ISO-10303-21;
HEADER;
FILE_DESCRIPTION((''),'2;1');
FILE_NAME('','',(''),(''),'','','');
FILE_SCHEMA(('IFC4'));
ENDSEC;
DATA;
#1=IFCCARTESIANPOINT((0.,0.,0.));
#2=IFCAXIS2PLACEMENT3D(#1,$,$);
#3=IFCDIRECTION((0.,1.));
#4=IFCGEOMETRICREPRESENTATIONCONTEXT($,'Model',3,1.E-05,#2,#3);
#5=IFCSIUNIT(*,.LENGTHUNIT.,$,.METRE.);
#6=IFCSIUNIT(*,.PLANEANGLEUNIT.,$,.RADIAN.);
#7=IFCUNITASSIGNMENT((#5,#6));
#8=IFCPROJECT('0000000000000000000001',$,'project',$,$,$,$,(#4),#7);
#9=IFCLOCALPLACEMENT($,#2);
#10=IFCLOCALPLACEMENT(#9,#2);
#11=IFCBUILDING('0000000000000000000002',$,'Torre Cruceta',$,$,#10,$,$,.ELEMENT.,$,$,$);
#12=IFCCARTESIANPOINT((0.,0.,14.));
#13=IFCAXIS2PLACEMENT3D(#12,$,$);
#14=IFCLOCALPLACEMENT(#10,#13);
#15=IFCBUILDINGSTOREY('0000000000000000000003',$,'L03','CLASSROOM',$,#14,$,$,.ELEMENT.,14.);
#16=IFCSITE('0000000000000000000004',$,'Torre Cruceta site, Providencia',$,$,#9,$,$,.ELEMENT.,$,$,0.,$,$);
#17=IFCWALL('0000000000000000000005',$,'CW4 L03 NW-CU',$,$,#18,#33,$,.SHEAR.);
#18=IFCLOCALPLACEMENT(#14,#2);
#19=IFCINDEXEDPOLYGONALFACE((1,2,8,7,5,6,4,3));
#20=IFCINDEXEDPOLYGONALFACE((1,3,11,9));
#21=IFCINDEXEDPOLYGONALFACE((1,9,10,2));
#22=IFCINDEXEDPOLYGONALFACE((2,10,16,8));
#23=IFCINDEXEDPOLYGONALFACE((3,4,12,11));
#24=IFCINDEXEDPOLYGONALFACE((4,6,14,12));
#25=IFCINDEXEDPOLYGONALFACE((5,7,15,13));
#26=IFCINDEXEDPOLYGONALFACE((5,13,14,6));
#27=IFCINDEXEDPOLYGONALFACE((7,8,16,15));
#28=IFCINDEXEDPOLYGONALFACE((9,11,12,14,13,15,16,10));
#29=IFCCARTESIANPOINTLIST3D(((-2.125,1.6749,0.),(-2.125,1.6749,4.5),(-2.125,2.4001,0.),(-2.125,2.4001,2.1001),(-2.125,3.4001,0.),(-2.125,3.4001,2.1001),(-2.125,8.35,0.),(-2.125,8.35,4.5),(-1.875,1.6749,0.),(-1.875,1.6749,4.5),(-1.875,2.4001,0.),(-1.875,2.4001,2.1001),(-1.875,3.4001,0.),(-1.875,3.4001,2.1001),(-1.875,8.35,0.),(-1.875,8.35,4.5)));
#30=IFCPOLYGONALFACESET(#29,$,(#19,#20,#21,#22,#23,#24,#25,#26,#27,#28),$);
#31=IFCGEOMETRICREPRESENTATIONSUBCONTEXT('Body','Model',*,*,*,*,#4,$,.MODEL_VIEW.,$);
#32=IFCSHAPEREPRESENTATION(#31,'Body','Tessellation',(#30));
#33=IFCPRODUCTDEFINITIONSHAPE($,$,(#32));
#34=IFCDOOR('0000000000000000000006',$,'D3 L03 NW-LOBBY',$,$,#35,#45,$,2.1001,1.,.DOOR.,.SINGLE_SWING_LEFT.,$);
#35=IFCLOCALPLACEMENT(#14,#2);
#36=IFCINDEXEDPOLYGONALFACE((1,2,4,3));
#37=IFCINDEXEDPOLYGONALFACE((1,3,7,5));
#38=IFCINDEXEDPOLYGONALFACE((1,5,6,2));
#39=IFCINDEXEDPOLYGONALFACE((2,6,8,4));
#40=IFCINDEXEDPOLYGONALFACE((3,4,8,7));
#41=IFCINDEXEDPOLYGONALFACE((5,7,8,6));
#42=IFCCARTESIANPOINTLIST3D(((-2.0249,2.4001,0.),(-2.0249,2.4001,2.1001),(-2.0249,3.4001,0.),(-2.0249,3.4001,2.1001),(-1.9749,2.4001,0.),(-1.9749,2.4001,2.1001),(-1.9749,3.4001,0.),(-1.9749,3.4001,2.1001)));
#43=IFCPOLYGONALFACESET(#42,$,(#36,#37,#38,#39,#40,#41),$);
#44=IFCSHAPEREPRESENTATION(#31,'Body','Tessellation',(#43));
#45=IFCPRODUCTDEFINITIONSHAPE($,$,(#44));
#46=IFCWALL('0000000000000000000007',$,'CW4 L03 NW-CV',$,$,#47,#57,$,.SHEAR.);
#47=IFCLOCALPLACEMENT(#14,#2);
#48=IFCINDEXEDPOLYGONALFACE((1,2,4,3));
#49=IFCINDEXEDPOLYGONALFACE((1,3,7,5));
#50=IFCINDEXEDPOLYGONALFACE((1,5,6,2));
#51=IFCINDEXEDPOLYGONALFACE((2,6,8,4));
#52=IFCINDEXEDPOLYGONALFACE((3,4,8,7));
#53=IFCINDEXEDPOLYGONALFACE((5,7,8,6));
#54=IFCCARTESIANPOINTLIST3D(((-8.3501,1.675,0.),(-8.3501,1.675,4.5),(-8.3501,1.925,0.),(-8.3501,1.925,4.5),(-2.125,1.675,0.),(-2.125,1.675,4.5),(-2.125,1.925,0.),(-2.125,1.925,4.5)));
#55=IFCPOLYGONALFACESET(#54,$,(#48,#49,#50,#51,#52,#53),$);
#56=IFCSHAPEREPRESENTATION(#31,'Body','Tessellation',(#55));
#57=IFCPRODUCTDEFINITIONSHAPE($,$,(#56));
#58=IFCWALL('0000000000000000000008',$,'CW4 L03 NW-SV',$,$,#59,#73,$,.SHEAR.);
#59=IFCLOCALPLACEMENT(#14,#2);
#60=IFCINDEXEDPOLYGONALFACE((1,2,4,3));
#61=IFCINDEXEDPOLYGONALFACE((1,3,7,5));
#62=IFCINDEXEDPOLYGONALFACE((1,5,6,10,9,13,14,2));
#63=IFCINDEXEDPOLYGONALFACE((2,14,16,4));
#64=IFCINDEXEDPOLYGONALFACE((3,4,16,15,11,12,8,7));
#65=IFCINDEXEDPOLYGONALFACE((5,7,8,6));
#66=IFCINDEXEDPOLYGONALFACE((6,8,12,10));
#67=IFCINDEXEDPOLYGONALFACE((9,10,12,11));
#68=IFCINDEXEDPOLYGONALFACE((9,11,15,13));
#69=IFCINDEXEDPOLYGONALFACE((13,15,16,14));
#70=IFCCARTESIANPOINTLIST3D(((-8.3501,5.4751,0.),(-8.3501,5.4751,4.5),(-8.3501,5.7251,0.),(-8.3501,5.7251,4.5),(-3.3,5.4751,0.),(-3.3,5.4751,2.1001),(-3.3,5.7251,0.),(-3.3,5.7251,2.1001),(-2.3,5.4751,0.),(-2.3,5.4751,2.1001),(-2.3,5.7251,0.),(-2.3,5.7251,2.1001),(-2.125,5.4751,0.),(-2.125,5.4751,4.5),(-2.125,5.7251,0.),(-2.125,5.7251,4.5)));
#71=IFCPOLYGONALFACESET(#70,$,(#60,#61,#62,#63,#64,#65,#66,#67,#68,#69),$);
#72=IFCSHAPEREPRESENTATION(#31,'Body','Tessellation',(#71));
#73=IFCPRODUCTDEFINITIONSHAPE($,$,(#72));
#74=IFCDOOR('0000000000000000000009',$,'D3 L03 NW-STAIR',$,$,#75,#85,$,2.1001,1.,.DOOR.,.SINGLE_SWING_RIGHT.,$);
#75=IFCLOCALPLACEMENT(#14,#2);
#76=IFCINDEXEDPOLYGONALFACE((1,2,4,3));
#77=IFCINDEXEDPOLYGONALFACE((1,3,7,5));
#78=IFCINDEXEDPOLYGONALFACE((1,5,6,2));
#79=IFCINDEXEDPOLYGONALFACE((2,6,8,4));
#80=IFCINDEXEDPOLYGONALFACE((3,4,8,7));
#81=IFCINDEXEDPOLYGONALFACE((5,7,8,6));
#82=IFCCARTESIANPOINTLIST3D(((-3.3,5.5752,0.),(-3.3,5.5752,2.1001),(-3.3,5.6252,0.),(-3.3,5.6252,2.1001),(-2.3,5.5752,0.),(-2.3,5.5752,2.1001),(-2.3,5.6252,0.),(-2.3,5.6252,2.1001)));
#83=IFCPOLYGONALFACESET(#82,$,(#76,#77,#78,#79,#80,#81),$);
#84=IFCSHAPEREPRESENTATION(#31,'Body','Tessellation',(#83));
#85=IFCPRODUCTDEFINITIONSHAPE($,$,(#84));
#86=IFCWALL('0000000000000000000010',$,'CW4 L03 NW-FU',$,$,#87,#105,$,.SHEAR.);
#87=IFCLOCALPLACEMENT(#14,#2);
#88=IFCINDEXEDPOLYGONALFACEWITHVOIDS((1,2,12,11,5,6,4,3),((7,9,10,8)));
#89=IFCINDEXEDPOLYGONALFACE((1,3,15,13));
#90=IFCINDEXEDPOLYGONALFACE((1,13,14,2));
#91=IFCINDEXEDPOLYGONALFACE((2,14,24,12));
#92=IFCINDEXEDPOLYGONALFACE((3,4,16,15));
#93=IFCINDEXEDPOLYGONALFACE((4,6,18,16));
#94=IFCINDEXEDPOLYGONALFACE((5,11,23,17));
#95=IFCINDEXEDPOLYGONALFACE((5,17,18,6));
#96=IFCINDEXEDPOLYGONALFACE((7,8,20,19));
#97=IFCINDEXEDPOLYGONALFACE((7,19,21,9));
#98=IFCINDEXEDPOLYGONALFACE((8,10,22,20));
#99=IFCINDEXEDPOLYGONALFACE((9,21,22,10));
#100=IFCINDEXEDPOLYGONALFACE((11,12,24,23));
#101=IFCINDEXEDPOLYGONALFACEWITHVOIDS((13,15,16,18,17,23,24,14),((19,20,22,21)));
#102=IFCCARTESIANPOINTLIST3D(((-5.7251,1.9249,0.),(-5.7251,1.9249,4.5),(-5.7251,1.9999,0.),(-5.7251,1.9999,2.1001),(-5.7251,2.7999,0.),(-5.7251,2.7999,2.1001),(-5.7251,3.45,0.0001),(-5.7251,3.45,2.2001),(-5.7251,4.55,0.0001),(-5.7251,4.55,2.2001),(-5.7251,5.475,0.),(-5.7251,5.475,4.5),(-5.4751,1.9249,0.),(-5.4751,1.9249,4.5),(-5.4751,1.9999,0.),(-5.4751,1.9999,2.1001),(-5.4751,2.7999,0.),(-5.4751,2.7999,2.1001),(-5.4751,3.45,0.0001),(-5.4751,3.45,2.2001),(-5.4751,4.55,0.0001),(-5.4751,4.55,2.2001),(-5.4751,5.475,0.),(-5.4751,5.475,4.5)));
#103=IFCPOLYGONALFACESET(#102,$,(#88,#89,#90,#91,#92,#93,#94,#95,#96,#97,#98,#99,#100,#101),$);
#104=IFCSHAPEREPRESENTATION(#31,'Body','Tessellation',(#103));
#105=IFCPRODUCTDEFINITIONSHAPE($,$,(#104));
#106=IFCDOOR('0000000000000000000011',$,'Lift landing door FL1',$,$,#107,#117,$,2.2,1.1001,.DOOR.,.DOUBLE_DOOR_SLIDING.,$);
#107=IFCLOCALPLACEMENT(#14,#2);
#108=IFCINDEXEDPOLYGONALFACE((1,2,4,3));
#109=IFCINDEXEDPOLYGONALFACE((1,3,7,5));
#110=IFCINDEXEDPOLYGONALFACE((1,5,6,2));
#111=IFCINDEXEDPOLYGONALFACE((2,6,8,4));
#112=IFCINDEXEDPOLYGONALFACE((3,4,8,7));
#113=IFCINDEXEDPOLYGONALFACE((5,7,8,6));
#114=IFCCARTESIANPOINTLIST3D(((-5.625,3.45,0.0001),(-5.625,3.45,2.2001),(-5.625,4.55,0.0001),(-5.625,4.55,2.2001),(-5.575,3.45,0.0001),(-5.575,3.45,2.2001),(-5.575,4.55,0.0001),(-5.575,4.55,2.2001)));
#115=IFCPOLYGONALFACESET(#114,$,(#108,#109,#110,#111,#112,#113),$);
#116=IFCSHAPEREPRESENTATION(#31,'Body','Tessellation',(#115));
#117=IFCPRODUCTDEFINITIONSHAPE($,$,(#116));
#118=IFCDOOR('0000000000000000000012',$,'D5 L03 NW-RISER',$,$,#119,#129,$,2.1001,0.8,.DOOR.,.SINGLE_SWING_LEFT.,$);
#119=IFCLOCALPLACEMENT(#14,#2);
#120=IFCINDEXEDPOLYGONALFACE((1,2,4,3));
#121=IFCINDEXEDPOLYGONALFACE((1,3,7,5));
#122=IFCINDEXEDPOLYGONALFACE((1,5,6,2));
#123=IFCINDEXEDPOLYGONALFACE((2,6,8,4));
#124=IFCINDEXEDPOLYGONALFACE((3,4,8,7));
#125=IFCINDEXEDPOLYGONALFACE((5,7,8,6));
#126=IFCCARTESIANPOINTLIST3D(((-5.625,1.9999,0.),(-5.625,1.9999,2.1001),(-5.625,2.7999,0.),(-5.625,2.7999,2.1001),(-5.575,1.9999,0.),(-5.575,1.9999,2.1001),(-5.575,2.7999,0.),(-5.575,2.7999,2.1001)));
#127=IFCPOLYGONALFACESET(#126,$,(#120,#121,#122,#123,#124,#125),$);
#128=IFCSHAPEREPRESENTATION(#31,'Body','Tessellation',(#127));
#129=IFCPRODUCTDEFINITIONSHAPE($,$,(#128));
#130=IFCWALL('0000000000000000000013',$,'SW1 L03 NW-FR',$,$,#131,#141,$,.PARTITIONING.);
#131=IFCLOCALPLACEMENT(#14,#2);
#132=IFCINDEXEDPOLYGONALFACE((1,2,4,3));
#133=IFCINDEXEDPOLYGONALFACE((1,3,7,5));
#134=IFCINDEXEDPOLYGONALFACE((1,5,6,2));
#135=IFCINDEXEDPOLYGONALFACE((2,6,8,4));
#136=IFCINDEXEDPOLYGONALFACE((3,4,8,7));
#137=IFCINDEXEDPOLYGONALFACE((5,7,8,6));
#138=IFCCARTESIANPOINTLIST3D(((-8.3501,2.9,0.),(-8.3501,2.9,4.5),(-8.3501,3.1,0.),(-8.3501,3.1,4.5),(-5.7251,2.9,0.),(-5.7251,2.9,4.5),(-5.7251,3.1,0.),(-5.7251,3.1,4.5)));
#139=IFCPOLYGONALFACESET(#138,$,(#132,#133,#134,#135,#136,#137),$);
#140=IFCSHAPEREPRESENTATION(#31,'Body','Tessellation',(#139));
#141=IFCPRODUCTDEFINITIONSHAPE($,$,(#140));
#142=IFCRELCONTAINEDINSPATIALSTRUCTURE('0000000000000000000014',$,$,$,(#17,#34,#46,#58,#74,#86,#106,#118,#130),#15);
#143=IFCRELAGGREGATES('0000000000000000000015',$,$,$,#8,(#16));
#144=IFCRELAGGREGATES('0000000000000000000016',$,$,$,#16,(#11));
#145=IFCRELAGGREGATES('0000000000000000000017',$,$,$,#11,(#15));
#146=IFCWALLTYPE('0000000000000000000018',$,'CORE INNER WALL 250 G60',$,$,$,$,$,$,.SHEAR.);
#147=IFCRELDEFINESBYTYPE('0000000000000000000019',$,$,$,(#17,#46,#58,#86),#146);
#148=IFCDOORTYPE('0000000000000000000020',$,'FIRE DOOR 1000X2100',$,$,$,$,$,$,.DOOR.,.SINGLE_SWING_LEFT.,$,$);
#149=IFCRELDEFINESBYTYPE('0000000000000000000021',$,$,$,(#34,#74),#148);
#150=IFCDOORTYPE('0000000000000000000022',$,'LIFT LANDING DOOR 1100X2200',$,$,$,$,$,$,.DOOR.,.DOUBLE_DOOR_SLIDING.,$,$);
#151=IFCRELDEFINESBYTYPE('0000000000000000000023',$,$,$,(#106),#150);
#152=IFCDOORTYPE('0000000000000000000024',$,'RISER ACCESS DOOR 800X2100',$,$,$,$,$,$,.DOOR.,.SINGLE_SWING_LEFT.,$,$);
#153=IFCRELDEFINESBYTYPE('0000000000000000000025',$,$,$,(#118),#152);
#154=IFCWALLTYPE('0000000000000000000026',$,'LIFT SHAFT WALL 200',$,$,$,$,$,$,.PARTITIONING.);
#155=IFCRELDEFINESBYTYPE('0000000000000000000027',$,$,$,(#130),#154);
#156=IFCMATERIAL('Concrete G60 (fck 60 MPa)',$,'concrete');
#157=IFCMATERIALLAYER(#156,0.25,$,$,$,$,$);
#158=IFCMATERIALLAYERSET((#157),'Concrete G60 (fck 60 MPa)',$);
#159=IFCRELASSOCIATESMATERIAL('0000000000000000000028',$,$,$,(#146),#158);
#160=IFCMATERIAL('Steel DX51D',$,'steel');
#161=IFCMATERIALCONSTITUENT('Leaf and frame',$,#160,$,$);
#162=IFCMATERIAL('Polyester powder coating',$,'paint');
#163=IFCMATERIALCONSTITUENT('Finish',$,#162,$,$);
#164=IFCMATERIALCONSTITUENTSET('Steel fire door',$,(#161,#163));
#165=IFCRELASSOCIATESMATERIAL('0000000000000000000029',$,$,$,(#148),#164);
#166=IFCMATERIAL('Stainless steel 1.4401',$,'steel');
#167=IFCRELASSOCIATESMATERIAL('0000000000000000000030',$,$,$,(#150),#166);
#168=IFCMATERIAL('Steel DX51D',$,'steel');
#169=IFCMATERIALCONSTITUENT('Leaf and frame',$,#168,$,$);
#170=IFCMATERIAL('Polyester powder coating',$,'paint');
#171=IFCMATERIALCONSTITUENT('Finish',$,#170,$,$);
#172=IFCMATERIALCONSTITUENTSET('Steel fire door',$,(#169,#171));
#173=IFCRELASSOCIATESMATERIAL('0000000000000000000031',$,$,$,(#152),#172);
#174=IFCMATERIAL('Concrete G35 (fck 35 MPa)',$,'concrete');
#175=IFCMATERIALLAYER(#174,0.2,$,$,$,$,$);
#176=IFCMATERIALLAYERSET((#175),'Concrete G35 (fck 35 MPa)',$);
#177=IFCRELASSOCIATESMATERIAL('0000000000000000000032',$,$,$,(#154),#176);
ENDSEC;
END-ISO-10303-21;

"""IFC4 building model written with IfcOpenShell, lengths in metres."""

from ifc_helpers import new_model, si_unit, direction, frame, frame_2d, origin, place, context, subcontext, project, spatial, rectangle, extrude, material, layer, layer_set, constituent, constituent_set, type_object, element, fill, save


model = new_model("IFC4")

# Units and contexts
model_context = context("Model", 3, precision=1e-05, world=origin(), true_north=direction((0.0, 1.0)))
body_context = subcontext(model_context, "Body", "Model", "MODEL_VIEW")
ifc_project = project(units=[si_unit("LENGTHUNIT", "METRE"), si_unit("PLANEANGLEUNIT", "RADIAN")], contexts=[model_context])

# Site, building, storey
site_placement = place(None, origin())
site = spatial("IfcSite", under=ifc_project, at=site_placement, Name="Torre Cruceta site, Providencia", CompositionType="ELEMENT", RefElevation=0.0)
building_placement = place(site_placement, origin())
building = spatial("IfcBuilding", under=site, at=building_placement, Name="Torre Cruceta", CompositionType="ELEMENT")
storey_placement = place(building_placement, frame((0.0, 0.0, 14.0)))
storey = spatial("IfcBuildingStorey", under=building, at=storey_placement, Name="L03", Description="CLASSROOM", CompositionType="ELEMENT", Elevation=14.0)

# Wall, opening, door
ifc_material_1 = material(Name="Concrete G60 (fck 60 MPa)", Category="concrete")
ifc_layer_1 = layer(ifc_material_1, 0.25)
ifc_layer_set_1 = layer_set([ifc_layer_1], Name="Concrete G60 (fck 60 MPa)")
wall_type_1 = type_object("IfcWallType", Name="CORE INNER WALL 250 G60", PredefinedType="SHEAR", material=ifc_layer_set_1)
wall_1_placement = place(storey_placement, frame((-2.0, 1.675, 0.0), z_axis=(0.0, 0.0, 1.0), x_axis=(0.0, 1.0, 0.0)))
wall_1 = element("IfcWall", 1, at=wall_1_placement, inside=storey, type_object=wall_type_1, Name="CW4 L03 NW-CU", PredefinedType="SHEAR", context=body_context, shape_type="SweptSolid", body=[
    extrude(rectangle(XDim=6.675, YDim=0.25, at=frame_2d((3.3374, 0.0))), origin(), (0.0, 0.0, 1.0), 4.5),
])
opening_1_placement = place(wall_1_placement, frame((0.7251, 0.0, 0.0)))
opening_1 = element("IfcOpeningElement", 2, at=opening_1_placement, cuts=wall_1, PredefinedType="OPENING", context=body_context, shape_type="SweptSolid", body=[
    extrude(rectangle(XDim=1.0, YDim=2.1001, at=frame_2d((0.5, 1.05))), frame((0.0, 0.135, 0.0), z_axis=(0.0, -1.0, 0.0), x_axis=(1.0, 0.0, 0.0)), (0.0, 0.0, 1.0), 0.27),
])
ifc_material_2 = material(Name="Steel DX51D", Category="steel")
ifc_constituent_1 = constituent(ifc_material_2, Name="Leaf and frame")
ifc_material_3 = material(Name="Polyester powder coating", Category="paint")
ifc_constituent_2 = constituent(ifc_material_3, Name="Finish")
ifc_constituent_set_1 = constituent_set(constituents=[ifc_constituent_1, ifc_constituent_2], Name="Steel fire door")
door_type_1 = type_object("IfcDoorType", Name="FIRE DOOR 1000X2100", OperationType="SINGLE_SWING_LEFT", PredefinedType="DOOR", material=ifc_constituent_set_1)
door_1_placement = place(opening_1_placement, origin())
door_1 = element("IfcDoor", 3, at=door_1_placement, inside=storey, type_object=door_type_1, Name="D3 L03 NW-LOBBY", OperationType="SINGLE_SWING_LEFT", OverallHeight=2.1001, OverallWidth=1.0, PredefinedType="DOOR", context=body_context, shape_type="SweptSolid", body=[
    extrude(rectangle(XDim=1.0, YDim=2.1001, at=frame_2d((0.5, 1.05))), frame((0.0, 0.0249, 0.0), z_axis=(0.0, -1.0, 0.0), x_axis=(1.0, 0.0, 0.0)), (0.0, 0.0, 1.0), 0.05),
])
fill(opening_1, door_1)

# Wall
wall_2_placement = place(storey_placement, frame((-2.125, 1.8, 0.0), z_axis=(0.0, 0.0, 1.0), x_axis=(-1.0, 0.0, 0.0)))
element("IfcWall", 4, at=wall_2_placement, inside=storey, type_object=wall_type_1, Name="CW4 L03 NW-CV", PredefinedType="SHEAR", context=body_context, shape_type="SweptSolid", body=[
    extrude(rectangle(XDim=6.2251, YDim=0.25, at=frame_2d((3.1125, 0.0))), origin(), (0.0, 0.0, 1.0), 4.5),
])

# Wall, opening, door
wall_3_placement = place(storey_placement, frame((-2.125, 5.6001, 0.0), z_axis=(0.0, 0.0, 1.0), x_axis=(-1.0, 0.0, 0.0)))
wall_3 = element("IfcWall", 5, at=wall_3_placement, inside=storey, type_object=wall_type_1, Name="CW4 L03 NW-SV", PredefinedType="SHEAR", context=body_context, shape_type="SweptSolid", body=[
    extrude(rectangle(XDim=6.2251, YDim=0.25, at=frame_2d((3.1125, 0.0))), origin(), (0.0, 0.0, 1.0), 4.5),
])
opening_2_placement = place(wall_3_placement, frame((0.175, 0.0, 0.0)))
opening_2 = element("IfcOpeningElement", 6, at=opening_2_placement, cuts=wall_3, PredefinedType="OPENING", context=body_context, shape_type="SweptSolid", body=[
    extrude(rectangle(XDim=1.0, YDim=2.1001, at=frame_2d((0.5, 1.05))), frame((0.0, 0.135, 0.0), z_axis=(0.0, -1.0, 0.0), x_axis=(1.0, 0.0, 0.0)), (0.0, 0.0, 1.0), 0.27),
])
door_2_placement = place(opening_2_placement, frame((1.0, 0.0, 0.0), z_axis=(0.0, 0.0, 1.0), x_axis=(-1.0, 0.0, 0.0)))
door_2 = element("IfcDoor", 7, at=door_2_placement, inside=storey, type_object=door_type_1, Name="D3 L03 NW-STAIR", OperationType="SINGLE_SWING_RIGHT", OverallHeight=2.1001, OverallWidth=1.0, PredefinedType="DOOR", context=body_context, shape_type="SweptSolid", body=[
    extrude(rectangle(XDim=1.0, YDim=2.1001, at=frame_2d((0.5, 1.05))), frame((0.0, 0.0251, 0.0), z_axis=(0.0, -1.0, 0.0), x_axis=(1.0, 0.0, 0.0)), (0.0, 0.0, 1.0), 0.05),
])
fill(opening_2, door_2)

# Wall, openings, doors
wall_4_placement = place(storey_placement, frame((-5.6001, 1.925, 0.0), z_axis=(0.0, 0.0, 1.0), x_axis=(0.0, 1.0, 0.0)))
wall_4 = element("IfcWall", 8, at=wall_4_placement, inside=storey, type_object=wall_type_1, Name="CW4 L03 NW-FU", PredefinedType="SHEAR", context=body_context, shape_type="SweptSolid", body=[
    extrude(rectangle(XDim=3.55, YDim=0.25, at=frame_2d((1.7749, 0.0))), origin(), (0.0, 0.0, 1.0), 4.5),
])
opening_3_placement = place(wall_4_placement, frame((1.5249, 0.0, 0.0)))
opening_3 = element("IfcOpeningElement", 9, at=opening_3_placement, cuts=wall_4, PredefinedType="OPENING", context=body_context, shape_type="SweptSolid", body=[
    extrude(rectangle(XDim=1.1001, YDim=2.2, at=frame_2d((0.55, 1.1001))), frame((0.0, 0.135, 0.0), z_axis=(0.0, -1.0, 0.0), x_axis=(1.0, 0.0, 0.0)), (0.0, 0.0, 1.0), 0.27),
])
opening_4_placement = place(wall_4_placement, frame((0.075, 0.0, 0.0)))
opening_4 = element("IfcOpeningElement", 10, at=opening_4_placement, cuts=wall_4, PredefinedType="OPENING", context=body_context, shape_type="SweptSolid", body=[
    extrude(rectangle(XDim=0.8, YDim=2.1001, at=frame_2d((0.3999, 1.05))), frame((0.0, 0.135, 0.0), z_axis=(0.0, -1.0, 0.0), x_axis=(1.0, 0.0, 0.0)), (0.0, 0.0, 1.0), 0.27),
])
ifc_material_4 = material(Name="Stainless steel 1.4401", Category="steel")
door_type_2 = type_object("IfcDoorType", Name="LIFT LANDING DOOR 1100X2200", OperationType="DOUBLE_DOOR_SLIDING", PredefinedType="DOOR", material=ifc_material_4)
door_3_placement = place(opening_3_placement, origin())
door_3 = element("IfcDoor", 11, at=door_3_placement, inside=storey, type_object=door_type_2, Name="Lift landing door FL1", OperationType="DOUBLE_DOOR_SLIDING", OverallHeight=2.2, OverallWidth=1.1001, PredefinedType="DOOR", context=body_context, shape_type="SweptSolid", body=[
    extrude(rectangle(XDim=1.1001, YDim=2.2, at=frame_2d((0.55, 1.1001))), frame((0.0, 0.0249, 0.0), z_axis=(0.0, -1.0, 0.0), x_axis=(1.0, 0.0, 0.0)), (0.0, 0.0, 1.0), 0.05),
])
fill(opening_3, door_3)
ifc_material_5 = material(Name="Steel DX51D", Category="steel")
ifc_constituent_3 = constituent(ifc_material_5, Name="Leaf and frame")
ifc_material_6 = material(Name="Polyester powder coating", Category="paint")
ifc_constituent_4 = constituent(ifc_material_6, Name="Finish")
ifc_constituent_set_2 = constituent_set(constituents=[ifc_constituent_3, ifc_constituent_4], Name="Steel fire door")
door_type_3 = type_object("IfcDoorType", Name="RISER ACCESS DOOR 800X2100", OperationType="SINGLE_SWING_LEFT", PredefinedType="DOOR", material=ifc_constituent_set_2)
door_4_placement = place(opening_4_placement, origin())
door_4 = element("IfcDoor", 12, at=door_4_placement, inside=storey, type_object=door_type_3, Name="D5 L03 NW-RISER", OperationType="SINGLE_SWING_LEFT", OverallHeight=2.1001, OverallWidth=0.8, PredefinedType="DOOR", context=body_context, shape_type="SweptSolid", body=[
    extrude(rectangle(XDim=0.8, YDim=2.1001, at=frame_2d((0.3999, 1.05))), frame((0.0, 0.0249, 0.0), z_axis=(0.0, -1.0, 0.0), x_axis=(1.0, 0.0, 0.0)), (0.0, 0.0, 1.0), 0.05),
])
fill(opening_4, door_4)

# Wall
ifc_material_7 = material(Name="Concrete G35 (fck 35 MPa)", Category="concrete")
ifc_layer_2 = layer(ifc_material_7, 0.2)
ifc_layer_set_2 = layer_set([ifc_layer_2], Name="Concrete G35 (fck 35 MPa)")
wall_type_2 = type_object("IfcWallType", Name="LIFT SHAFT WALL 200", PredefinedType="PARTITIONING", material=ifc_layer_set_2)
wall_5_placement = place(storey_placement, frame((-5.7251, 3.0, 0.0), z_axis=(0.0, 0.0, 1.0), x_axis=(-1.0, 0.0, 0.0)))
element("IfcWall", 13, at=wall_5_placement, inside=storey, type_object=wall_type_2, Name="SW1 L03 NW-FR", PredefinedType="PARTITIONING", context=body_context, shape_type="SweptSolid", body=[
    extrude(rectangle(XDim=2.625, YDim=0.2, at=frame_2d((1.3125, 0.0))), origin(), (0.0, 0.0, 1.0), 4.5),
])

save(model, "model.ifc")
